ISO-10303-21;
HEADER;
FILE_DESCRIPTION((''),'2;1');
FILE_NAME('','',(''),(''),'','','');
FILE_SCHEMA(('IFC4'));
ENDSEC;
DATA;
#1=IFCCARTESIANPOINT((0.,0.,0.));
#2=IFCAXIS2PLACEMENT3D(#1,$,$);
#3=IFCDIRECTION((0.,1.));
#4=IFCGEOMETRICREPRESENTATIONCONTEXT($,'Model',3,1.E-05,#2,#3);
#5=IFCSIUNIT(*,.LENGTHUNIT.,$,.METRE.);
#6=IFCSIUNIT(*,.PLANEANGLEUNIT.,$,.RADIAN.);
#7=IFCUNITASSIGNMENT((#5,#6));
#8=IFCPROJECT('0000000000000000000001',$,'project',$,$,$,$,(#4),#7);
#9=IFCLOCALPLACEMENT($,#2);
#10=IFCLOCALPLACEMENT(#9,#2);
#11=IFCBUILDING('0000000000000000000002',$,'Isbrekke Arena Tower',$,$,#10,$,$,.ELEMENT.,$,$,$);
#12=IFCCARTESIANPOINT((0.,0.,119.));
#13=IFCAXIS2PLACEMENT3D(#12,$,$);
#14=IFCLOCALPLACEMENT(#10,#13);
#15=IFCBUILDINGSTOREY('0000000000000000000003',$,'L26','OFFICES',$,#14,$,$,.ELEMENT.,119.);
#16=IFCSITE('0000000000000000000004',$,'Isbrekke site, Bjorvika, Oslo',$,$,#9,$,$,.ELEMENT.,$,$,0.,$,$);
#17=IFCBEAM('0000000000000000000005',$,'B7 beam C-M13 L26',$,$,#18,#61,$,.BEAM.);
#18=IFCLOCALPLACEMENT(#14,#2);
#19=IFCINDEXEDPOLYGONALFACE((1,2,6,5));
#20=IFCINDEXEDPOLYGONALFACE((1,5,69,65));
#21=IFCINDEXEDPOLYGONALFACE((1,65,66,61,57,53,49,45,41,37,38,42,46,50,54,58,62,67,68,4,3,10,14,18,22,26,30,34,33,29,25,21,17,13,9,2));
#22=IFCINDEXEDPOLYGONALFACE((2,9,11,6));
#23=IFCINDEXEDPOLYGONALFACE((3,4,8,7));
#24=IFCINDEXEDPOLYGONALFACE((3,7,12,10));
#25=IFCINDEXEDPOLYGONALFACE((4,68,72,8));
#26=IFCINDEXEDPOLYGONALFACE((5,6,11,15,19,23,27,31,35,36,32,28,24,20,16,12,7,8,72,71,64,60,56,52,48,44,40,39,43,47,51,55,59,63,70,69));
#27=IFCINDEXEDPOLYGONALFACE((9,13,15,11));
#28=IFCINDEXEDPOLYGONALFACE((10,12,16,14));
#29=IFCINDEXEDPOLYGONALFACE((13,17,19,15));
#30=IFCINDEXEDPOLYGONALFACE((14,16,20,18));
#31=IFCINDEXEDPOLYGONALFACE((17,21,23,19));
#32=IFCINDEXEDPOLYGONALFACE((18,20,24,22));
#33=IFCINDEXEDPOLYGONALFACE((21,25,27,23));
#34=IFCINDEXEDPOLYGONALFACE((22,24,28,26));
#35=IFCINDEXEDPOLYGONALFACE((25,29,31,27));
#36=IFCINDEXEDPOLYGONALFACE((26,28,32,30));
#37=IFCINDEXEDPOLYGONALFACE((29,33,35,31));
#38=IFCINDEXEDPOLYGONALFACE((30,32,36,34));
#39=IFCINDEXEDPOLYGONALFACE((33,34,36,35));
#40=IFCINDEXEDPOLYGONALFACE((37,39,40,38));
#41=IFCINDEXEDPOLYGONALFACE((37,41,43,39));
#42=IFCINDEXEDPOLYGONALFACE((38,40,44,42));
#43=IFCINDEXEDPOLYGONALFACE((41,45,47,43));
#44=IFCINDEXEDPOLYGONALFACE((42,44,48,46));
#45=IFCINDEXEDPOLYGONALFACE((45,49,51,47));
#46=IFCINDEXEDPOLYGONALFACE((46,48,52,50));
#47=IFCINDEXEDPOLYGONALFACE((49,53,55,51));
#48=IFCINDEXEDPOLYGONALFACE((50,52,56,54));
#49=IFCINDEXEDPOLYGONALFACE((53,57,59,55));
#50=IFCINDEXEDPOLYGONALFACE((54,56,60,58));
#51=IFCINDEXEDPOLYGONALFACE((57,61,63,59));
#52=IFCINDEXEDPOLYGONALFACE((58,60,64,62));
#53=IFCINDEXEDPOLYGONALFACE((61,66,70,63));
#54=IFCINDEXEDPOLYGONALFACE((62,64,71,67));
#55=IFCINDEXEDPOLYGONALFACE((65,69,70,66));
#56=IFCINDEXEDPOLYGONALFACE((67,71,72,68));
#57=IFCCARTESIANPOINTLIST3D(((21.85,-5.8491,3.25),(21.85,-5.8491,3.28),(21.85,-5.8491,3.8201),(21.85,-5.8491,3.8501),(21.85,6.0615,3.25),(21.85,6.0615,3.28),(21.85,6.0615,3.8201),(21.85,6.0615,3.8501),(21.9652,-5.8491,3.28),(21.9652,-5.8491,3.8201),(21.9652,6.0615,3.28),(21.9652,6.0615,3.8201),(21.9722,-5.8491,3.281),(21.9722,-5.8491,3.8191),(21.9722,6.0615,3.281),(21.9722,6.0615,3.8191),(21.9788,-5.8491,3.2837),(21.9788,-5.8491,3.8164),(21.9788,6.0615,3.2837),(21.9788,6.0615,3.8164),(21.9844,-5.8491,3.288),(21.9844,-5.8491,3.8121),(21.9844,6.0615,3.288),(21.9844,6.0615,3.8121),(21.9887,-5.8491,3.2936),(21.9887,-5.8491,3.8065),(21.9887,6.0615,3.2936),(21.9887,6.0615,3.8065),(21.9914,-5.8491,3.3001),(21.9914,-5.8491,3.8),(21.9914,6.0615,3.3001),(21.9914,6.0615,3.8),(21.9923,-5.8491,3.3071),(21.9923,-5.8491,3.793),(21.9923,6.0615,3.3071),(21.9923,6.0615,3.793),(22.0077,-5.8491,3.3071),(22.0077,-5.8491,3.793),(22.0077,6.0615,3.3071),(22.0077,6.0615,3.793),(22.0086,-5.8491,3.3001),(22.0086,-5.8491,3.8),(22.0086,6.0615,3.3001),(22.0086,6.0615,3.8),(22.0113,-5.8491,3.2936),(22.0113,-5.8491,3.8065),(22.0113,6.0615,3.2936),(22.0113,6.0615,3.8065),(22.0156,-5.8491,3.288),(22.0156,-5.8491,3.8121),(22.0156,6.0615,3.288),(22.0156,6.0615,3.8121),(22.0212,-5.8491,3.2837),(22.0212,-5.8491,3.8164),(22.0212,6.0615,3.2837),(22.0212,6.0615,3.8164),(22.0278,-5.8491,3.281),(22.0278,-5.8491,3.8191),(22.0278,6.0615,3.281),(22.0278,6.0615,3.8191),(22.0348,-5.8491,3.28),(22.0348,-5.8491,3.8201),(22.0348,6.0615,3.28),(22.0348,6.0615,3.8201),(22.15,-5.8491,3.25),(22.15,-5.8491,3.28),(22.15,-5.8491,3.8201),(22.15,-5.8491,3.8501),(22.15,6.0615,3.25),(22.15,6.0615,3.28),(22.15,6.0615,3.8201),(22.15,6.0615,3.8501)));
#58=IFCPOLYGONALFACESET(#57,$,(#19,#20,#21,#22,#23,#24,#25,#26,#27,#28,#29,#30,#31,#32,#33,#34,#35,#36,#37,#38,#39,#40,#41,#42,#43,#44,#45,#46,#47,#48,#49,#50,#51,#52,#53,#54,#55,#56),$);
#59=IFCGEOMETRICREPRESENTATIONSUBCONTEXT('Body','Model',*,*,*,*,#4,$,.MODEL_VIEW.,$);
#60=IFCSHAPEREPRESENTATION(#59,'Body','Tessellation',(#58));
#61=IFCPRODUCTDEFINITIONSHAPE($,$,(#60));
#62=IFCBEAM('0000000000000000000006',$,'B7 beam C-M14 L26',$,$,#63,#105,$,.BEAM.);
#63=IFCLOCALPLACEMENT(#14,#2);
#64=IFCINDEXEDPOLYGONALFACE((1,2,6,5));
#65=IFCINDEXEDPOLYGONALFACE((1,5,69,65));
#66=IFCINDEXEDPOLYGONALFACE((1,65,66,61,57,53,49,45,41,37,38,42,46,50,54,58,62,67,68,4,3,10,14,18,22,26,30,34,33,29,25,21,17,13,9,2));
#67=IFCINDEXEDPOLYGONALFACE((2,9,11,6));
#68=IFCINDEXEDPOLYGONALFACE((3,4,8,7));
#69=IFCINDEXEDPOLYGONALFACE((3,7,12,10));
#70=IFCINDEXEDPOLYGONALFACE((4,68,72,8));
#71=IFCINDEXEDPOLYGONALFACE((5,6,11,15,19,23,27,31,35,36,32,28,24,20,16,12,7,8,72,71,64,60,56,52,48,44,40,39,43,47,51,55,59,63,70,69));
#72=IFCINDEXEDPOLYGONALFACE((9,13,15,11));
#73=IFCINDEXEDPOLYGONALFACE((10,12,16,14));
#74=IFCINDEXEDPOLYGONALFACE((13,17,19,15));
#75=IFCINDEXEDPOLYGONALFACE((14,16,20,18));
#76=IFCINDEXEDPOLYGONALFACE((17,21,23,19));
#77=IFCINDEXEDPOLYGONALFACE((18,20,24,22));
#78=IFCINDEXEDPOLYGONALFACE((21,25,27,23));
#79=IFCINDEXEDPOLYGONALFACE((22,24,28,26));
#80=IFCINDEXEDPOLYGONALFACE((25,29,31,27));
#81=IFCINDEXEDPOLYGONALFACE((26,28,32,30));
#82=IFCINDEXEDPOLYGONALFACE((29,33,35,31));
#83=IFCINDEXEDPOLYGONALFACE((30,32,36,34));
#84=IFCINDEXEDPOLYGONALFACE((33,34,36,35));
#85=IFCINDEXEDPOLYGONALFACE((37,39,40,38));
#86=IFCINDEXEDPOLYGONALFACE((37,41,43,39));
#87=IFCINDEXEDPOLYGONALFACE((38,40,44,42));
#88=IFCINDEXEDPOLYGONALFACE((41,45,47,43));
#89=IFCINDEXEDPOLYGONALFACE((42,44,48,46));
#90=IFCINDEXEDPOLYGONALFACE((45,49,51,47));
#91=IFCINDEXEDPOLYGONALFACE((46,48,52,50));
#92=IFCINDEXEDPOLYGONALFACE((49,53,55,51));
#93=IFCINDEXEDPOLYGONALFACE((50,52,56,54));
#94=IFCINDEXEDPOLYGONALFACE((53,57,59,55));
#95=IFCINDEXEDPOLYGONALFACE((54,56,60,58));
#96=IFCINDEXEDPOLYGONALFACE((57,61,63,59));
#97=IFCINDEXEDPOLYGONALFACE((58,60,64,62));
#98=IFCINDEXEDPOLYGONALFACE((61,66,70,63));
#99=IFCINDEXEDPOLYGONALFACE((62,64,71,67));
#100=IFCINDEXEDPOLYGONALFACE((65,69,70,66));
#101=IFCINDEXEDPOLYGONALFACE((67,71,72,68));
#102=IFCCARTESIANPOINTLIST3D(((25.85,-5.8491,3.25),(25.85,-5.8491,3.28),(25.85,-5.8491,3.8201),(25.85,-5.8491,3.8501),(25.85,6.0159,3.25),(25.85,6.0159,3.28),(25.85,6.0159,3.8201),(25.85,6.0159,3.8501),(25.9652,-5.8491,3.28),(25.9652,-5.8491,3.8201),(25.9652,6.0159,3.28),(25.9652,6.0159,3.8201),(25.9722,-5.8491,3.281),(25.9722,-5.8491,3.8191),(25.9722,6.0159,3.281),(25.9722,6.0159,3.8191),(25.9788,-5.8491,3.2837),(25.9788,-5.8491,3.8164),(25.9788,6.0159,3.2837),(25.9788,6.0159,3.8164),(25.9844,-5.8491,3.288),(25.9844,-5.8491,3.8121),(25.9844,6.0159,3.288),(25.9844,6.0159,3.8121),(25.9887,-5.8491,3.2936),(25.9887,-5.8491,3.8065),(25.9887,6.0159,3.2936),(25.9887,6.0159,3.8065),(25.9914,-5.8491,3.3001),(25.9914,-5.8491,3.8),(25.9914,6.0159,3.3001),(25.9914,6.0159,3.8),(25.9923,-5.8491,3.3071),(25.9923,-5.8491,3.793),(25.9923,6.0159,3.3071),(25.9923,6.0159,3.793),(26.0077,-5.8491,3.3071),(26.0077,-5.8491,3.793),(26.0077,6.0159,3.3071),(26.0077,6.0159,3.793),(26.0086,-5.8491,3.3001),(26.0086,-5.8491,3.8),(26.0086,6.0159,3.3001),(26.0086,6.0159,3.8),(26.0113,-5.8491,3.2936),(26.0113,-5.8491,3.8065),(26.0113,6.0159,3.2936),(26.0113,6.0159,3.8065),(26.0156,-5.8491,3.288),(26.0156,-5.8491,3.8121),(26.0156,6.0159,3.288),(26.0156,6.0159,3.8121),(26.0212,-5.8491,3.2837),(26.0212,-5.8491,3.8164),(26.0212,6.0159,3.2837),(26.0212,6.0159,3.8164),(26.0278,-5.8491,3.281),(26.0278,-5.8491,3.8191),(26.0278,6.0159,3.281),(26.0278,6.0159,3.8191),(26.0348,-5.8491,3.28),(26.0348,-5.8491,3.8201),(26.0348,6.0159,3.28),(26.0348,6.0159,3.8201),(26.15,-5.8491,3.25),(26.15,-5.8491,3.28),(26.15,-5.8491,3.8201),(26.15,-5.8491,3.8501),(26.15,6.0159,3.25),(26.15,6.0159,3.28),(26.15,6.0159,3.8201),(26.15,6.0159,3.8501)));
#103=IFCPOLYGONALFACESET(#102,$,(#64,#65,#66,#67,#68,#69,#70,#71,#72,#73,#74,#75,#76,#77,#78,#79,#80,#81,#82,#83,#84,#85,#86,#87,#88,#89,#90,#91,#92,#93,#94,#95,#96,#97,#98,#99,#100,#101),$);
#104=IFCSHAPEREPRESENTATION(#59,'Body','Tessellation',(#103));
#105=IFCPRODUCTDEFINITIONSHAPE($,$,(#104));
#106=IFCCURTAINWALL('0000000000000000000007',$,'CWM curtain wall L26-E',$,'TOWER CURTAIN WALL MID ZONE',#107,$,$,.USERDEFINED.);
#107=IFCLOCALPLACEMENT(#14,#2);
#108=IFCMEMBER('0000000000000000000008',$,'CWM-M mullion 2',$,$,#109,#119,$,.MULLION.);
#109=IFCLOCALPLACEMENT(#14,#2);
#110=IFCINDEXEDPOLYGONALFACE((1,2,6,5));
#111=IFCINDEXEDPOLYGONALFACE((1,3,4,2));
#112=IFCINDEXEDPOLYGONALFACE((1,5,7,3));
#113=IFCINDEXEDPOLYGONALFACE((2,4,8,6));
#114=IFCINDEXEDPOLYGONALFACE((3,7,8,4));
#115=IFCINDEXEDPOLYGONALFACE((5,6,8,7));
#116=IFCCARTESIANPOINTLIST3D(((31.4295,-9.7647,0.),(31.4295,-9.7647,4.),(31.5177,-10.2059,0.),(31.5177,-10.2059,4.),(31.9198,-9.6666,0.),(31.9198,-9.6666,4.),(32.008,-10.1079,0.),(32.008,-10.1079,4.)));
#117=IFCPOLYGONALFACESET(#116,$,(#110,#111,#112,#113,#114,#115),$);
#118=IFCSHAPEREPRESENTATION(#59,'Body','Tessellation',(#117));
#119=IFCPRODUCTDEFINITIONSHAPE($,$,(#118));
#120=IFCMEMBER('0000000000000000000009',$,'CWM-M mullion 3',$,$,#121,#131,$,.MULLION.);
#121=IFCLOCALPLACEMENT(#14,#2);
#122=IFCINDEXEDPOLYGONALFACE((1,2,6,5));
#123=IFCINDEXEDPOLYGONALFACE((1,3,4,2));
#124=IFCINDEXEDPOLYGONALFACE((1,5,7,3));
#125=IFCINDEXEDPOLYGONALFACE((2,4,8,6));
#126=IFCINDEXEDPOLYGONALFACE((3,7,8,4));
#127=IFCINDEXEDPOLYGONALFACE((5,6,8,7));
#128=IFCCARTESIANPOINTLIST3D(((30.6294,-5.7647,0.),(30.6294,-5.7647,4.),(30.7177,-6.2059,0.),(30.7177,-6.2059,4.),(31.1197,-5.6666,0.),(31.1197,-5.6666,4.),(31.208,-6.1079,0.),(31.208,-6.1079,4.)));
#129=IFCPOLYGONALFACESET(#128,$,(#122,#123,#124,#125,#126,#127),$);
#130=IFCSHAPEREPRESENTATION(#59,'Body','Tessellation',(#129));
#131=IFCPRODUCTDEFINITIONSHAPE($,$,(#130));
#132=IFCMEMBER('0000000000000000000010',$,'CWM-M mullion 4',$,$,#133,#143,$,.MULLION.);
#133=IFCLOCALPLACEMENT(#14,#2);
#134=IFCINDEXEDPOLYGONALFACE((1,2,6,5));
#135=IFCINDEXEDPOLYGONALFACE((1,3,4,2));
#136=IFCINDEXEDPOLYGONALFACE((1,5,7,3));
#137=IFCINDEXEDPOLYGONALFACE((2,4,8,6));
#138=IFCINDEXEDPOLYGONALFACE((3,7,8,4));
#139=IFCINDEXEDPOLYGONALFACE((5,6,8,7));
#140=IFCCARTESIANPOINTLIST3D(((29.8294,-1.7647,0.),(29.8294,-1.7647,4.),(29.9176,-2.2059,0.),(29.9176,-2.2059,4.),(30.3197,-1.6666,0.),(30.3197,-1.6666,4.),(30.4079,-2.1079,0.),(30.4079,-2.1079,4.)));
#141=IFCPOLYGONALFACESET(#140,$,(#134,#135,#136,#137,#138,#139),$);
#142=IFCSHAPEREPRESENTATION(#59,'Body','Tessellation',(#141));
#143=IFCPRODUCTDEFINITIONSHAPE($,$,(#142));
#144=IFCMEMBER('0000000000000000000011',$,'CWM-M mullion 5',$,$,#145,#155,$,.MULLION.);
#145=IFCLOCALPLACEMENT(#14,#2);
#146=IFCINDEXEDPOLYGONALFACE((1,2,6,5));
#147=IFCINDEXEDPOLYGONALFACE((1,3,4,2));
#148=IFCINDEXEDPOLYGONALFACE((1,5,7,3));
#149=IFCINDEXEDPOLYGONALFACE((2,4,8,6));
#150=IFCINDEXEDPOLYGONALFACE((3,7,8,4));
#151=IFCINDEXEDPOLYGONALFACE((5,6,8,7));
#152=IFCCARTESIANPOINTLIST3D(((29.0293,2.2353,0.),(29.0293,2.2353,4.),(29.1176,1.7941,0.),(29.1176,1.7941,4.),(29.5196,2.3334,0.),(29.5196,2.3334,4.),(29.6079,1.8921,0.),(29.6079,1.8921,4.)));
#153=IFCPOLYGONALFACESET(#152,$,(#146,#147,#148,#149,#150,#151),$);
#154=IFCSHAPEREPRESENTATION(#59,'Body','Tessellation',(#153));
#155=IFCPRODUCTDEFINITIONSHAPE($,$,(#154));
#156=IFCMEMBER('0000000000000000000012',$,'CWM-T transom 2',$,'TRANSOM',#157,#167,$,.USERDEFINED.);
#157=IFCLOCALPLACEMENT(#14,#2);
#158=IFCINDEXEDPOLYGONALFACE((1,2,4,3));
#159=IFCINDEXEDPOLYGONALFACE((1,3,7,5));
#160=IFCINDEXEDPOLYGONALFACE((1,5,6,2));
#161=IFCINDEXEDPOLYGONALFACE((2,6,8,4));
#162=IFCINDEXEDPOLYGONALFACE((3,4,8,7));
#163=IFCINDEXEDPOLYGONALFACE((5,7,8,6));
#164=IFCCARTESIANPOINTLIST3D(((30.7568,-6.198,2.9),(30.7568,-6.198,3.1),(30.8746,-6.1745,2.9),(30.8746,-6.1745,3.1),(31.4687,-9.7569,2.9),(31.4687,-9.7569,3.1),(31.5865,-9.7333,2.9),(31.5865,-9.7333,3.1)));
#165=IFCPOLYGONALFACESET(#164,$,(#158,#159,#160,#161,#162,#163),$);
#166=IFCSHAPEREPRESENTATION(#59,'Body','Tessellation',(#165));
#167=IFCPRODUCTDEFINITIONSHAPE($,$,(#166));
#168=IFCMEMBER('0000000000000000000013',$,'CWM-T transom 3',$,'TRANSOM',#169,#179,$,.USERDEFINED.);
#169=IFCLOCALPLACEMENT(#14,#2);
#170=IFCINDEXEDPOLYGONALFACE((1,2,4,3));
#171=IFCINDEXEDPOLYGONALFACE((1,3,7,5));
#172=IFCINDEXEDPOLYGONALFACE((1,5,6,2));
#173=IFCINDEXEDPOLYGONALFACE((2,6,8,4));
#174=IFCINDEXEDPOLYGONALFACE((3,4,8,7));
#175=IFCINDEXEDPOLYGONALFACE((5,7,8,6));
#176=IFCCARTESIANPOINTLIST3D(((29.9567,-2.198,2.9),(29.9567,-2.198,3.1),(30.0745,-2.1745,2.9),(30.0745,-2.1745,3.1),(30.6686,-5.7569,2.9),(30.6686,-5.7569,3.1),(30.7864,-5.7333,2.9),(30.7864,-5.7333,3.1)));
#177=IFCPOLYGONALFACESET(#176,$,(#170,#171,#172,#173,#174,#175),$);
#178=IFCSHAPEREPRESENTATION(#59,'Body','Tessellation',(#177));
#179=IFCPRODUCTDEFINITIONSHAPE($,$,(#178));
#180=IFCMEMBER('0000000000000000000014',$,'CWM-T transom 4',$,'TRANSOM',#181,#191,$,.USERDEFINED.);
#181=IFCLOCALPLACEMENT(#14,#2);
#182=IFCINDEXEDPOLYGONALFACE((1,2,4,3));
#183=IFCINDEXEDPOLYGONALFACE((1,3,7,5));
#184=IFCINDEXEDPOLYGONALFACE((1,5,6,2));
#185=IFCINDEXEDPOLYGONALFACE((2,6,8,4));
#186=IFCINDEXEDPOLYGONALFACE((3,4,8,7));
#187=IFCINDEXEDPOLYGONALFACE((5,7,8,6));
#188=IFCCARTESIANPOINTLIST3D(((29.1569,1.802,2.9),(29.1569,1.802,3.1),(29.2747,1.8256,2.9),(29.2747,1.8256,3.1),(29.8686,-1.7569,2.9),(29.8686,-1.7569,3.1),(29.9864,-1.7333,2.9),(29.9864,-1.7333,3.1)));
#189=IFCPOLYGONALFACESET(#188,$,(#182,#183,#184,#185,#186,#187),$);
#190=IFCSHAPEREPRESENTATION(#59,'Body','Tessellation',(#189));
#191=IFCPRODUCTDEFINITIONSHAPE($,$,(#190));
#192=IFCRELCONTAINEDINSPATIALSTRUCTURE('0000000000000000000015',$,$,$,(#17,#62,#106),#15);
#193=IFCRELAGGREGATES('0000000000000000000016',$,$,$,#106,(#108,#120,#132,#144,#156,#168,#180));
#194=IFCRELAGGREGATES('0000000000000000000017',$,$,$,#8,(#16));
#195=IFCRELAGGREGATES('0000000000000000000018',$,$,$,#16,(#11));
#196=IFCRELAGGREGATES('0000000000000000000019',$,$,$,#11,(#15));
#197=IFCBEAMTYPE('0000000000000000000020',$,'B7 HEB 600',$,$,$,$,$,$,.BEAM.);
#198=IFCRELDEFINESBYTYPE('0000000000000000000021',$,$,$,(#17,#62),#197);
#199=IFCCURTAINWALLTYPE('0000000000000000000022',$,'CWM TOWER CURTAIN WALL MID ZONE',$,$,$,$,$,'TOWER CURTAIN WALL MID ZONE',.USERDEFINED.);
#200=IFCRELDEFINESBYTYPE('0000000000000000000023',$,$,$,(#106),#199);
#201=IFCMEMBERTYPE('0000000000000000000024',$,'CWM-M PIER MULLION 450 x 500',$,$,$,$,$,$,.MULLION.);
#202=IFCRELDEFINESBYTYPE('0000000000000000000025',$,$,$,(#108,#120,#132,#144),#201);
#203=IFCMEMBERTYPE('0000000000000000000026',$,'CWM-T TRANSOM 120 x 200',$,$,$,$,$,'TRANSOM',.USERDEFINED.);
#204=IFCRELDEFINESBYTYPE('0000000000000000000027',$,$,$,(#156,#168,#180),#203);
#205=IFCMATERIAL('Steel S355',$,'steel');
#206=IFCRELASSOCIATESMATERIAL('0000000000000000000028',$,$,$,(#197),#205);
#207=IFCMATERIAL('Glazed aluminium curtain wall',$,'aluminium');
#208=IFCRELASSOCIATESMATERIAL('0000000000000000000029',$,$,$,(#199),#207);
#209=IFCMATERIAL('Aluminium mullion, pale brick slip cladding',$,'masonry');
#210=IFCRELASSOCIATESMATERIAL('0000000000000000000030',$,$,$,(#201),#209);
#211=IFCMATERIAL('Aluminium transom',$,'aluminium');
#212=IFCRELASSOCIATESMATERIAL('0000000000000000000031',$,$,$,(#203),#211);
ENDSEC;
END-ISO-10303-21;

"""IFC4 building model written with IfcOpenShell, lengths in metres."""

from ifc_helpers import new_model, si_unit, direction, frame, origin, origin_2d, place, context, subcontext, project, spatial, rectangle, i_section, extrude, material, material_profile, profile_set, type_object, element, aggregate, save


model = new_model("IFC4")

# Units and contexts
model_context = context("Model", 3, precision=1e-05, world=origin(), true_north=direction((0.0, 1.0)))
body_context = subcontext(model_context, "Body", "Model", "MODEL_VIEW")
ifc_project = project(units=[si_unit("LENGTHUNIT", "METRE"), si_unit("PLANEANGLEUNIT", "RADIAN")], contexts=[model_context])

# Site, building, storey
site_placement = place(None, origin())
site = spatial("IfcSite", under=ifc_project, at=site_placement, Name="Isbrekke site, Bjorvika, Oslo", CompositionType="ELEMENT", RefElevation=0.0)
building_placement = place(site_placement, origin())
building = spatial("IfcBuilding", under=site, at=building_placement, Name="Isbrekke Arena Tower", CompositionType="ELEMENT")
storey_placement = place(building_placement, frame((0.0, 0.0, 119.0)))
storey = spatial("IfcBuildingStorey", under=building, at=storey_placement, Name="L26", Description="OFFICES", CompositionType="ELEMENT", Elevation=119.0)

# Beams
ifc_material_1 = material(Name="Steel S355", Category="steel")
ifc_material_profile_1 = material_profile(ifc_material_1, i_section(OverallWidth=0.3, OverallDepth=0.6001, WebThickness=0.0154, FlangeThickness=0.03, FilletRadius=0.0271, at=origin_2d()), Name="HEB 600")
ifc_profile_set_1 = profile_set([ifc_material_profile_1], Name="Steel S355")
beam_type_1 = type_object("IfcBeamType", Name="B7 HEB 600", PredefinedType="BEAM", material=ifc_profile_set_1)
beam_1_placement = place(storey_placement, frame((22.0, -5.8491, 3.55), z_axis=(0.0, 1.0, 0.0), x_axis=(-1.0, 0.0, 0.0)))
element("IfcBeam", 1, at=beam_1_placement, inside=storey, type_object=beam_type_1, Name="B7 beam C-M13 L26", PredefinedType="BEAM", context=body_context, shape_type="SweptSolid", body=[
    extrude(i_section(OverallWidth=0.3, OverallDepth=0.6001, WebThickness=0.0154, FlangeThickness=0.03, FilletRadius=0.0271, at=origin_2d()), origin(), (0.0, 0.0, 1.0), 11.9106),
])
beam_2_placement = place(storey_placement, frame((26.0, -5.8491, 3.55), z_axis=(0.0, 1.0, 0.0), x_axis=(-1.0, 0.0, 0.0)))
element("IfcBeam", 2, at=beam_2_placement, inside=storey, type_object=beam_type_1, Name="B7 beam C-M14 L26", PredefinedType="BEAM", context=body_context, shape_type="SweptSolid", body=[
    extrude(i_section(OverallWidth=0.3, OverallDepth=0.6001, WebThickness=0.0154, FlangeThickness=0.03, FilletRadius=0.0271, at=origin_2d()), origin(), (0.0, 0.0, 1.0), 11.865),
])

# Curtain wall, members
ifc_material_2 = material(Name="Glazed aluminium curtain wall", Category="aluminium")
curtain_wall_type = type_object("IfcCurtainWallType", Name="CWM TOWER CURTAIN WALL MID ZONE", ElementType="TOWER CURTAIN WALL MID ZONE", PredefinedType="USERDEFINED", material=ifc_material_2)
curtain_wall_placement = place(storey_placement, origin())
curtain_wall = element("IfcCurtainWall", 3, at=curtain_wall_placement, inside=storey, type_object=curtain_wall_type, Name="CWM curtain wall L26-E", ObjectType="TOWER CURTAIN WALL MID ZONE", PredefinedType="USERDEFINED")
ifc_material_3 = material(Name="Aluminium mullion, pale brick slip cladding", Category="masonry")
ifc_material_profile_2 = material_profile(ifc_material_3, rectangle(XDim=0.45, YDim=0.5, at=origin_2d()), Name="PIER 450X500")
ifc_profile_set_2 = profile_set([ifc_material_profile_2], Name="Aluminium mullion, pale brick slip cladding")
member_type_1 = type_object("IfcMemberType", Name="CWM-M PIER MULLION 450 x 500", PredefinedType="MULLION", material=ifc_profile_set_2)
member_1_placement = place(storey_placement, frame((31.7188, -9.9363, 0.0), z_axis=(0.0, 0.0, 1.0), x_axis=(-0.196116, 0.980581, 0.0)))
member_1 = element("IfcMember", 4, at=member_1_placement, type_object=member_type_1, Name="CWM-M mullion 2", PredefinedType="MULLION", context=body_context, shape_type="SweptSolid", body=[
    extrude(rectangle(XDim=0.45, YDim=0.5, at=origin_2d()), origin(), (0.0, 0.0, 1.0), 4.0),
])
member_2_placement = place(storey_placement, frame((30.9187, -5.9363, 0.0), z_axis=(0.0, 0.0, 1.0), x_axis=(-0.196116, 0.980581, 0.0)))
member_2 = element("IfcMember", 5, at=member_2_placement, type_object=member_type_1, Name="CWM-M mullion 3", PredefinedType="MULLION", context=body_context, shape_type="SweptSolid", body=[
    extrude(rectangle(XDim=0.45, YDim=0.5, at=origin_2d()), origin(), (0.0, 0.0, 1.0), 4.0),
])
member_3_placement = place(storey_placement, frame((30.1187, -1.9363, 0.0), z_axis=(0.0, 0.0, 1.0), x_axis=(-0.196116, 0.980581, 0.0)))
member_3 = element("IfcMember", 6, at=member_3_placement, type_object=member_type_1, Name="CWM-M mullion 4", PredefinedType="MULLION", context=body_context, shape_type="SweptSolid", body=[
    extrude(rectangle(XDim=0.45, YDim=0.5, at=origin_2d()), origin(), (0.0, 0.0, 1.0), 4.0),
])
member_4_placement = place(storey_placement, frame((29.3186, 2.0637, 0.0), z_axis=(0.0, 0.0, 1.0), x_axis=(-0.196116, 0.980581, 0.0)))
member_4 = element("IfcMember", 7, at=member_4_placement, type_object=member_type_1, Name="CWM-M mullion 5", PredefinedType="MULLION", context=body_context, shape_type="SweptSolid", body=[
    extrude(rectangle(XDim=0.45, YDim=0.5, at=origin_2d()), origin(), (0.0, 0.0, 1.0), 4.0),
])
ifc_material_4 = material(Name="Aluminium transom", Category="aluminium")
ifc_material_profile_3 = material_profile(ifc_material_4, rectangle(XDim=0.1201, YDim=0.2, at=origin_2d()), Name="TRANSOM 120X200")
ifc_profile_set_3 = profile_set([ifc_material_profile_3], Name="Aluminium transom")
member_type_2 = type_object("IfcMemberType", Name="CWM-T TRANSOM 120 x 200", ElementType="TRANSOM", PredefinedType="USERDEFINED", material=ifc_profile_set_3)
member_5_placement = place(storey_placement, frame((31.5276, -9.7451, 3.0), z_axis=(-0.196155, 0.980573, 0.0), x_axis=(-0.980573, -0.196155, 0.0)))
member_5 = element("IfcMember", 8, at=member_5_placement, type_object=member_type_2, Name="CWM-T transom 2", ObjectType="TRANSOM", PredefinedType="USERDEFINED", context=body_context, shape_type="SweptSolid", body=[
    extrude(rectangle(XDim=0.1201, YDim=0.2, at=origin_2d()), origin(), (0.0, 0.0, 1.0), 3.6294),
])
member_6_placement = place(storey_placement, frame((30.7275, -5.7451, 3.0), z_axis=(-0.196155, 0.980573, 0.0), x_axis=(-0.980573, -0.196155, 0.0)))
member_6 = element("IfcMember", 9, at=member_6_placement, type_object=member_type_2, Name="CWM-T transom 3", ObjectType="TRANSOM", PredefinedType="USERDEFINED", context=body_context, shape_type="SweptSolid", body=[
    extrude(rectangle(XDim=0.1201, YDim=0.2, at=origin_2d()), origin(), (0.0, 0.0, 1.0), 3.6294),
])
member_7_placement = place(storey_placement, frame((29.9275, -1.7451, 3.0), z_axis=(-0.19609, 0.980586, 0.0), x_axis=(-0.980586, -0.19609, 0.0)))
member_7 = element("IfcMember", 10, at=member_7_placement, type_object=member_type_2, Name="CWM-T transom 4", ObjectType="TRANSOM", PredefinedType="USERDEFINED", context=body_context, shape_type="SweptSolid", body=[
    extrude(rectangle(XDim=0.1201, YDim=0.2, at=origin_2d()), origin(), (0.0, 0.0, 1.0), 3.6294),
])

aggregate(curtain_wall, [member_1, member_2, member_3, member_4, member_5, member_6, member_7])

save(model, "model.ifc")
